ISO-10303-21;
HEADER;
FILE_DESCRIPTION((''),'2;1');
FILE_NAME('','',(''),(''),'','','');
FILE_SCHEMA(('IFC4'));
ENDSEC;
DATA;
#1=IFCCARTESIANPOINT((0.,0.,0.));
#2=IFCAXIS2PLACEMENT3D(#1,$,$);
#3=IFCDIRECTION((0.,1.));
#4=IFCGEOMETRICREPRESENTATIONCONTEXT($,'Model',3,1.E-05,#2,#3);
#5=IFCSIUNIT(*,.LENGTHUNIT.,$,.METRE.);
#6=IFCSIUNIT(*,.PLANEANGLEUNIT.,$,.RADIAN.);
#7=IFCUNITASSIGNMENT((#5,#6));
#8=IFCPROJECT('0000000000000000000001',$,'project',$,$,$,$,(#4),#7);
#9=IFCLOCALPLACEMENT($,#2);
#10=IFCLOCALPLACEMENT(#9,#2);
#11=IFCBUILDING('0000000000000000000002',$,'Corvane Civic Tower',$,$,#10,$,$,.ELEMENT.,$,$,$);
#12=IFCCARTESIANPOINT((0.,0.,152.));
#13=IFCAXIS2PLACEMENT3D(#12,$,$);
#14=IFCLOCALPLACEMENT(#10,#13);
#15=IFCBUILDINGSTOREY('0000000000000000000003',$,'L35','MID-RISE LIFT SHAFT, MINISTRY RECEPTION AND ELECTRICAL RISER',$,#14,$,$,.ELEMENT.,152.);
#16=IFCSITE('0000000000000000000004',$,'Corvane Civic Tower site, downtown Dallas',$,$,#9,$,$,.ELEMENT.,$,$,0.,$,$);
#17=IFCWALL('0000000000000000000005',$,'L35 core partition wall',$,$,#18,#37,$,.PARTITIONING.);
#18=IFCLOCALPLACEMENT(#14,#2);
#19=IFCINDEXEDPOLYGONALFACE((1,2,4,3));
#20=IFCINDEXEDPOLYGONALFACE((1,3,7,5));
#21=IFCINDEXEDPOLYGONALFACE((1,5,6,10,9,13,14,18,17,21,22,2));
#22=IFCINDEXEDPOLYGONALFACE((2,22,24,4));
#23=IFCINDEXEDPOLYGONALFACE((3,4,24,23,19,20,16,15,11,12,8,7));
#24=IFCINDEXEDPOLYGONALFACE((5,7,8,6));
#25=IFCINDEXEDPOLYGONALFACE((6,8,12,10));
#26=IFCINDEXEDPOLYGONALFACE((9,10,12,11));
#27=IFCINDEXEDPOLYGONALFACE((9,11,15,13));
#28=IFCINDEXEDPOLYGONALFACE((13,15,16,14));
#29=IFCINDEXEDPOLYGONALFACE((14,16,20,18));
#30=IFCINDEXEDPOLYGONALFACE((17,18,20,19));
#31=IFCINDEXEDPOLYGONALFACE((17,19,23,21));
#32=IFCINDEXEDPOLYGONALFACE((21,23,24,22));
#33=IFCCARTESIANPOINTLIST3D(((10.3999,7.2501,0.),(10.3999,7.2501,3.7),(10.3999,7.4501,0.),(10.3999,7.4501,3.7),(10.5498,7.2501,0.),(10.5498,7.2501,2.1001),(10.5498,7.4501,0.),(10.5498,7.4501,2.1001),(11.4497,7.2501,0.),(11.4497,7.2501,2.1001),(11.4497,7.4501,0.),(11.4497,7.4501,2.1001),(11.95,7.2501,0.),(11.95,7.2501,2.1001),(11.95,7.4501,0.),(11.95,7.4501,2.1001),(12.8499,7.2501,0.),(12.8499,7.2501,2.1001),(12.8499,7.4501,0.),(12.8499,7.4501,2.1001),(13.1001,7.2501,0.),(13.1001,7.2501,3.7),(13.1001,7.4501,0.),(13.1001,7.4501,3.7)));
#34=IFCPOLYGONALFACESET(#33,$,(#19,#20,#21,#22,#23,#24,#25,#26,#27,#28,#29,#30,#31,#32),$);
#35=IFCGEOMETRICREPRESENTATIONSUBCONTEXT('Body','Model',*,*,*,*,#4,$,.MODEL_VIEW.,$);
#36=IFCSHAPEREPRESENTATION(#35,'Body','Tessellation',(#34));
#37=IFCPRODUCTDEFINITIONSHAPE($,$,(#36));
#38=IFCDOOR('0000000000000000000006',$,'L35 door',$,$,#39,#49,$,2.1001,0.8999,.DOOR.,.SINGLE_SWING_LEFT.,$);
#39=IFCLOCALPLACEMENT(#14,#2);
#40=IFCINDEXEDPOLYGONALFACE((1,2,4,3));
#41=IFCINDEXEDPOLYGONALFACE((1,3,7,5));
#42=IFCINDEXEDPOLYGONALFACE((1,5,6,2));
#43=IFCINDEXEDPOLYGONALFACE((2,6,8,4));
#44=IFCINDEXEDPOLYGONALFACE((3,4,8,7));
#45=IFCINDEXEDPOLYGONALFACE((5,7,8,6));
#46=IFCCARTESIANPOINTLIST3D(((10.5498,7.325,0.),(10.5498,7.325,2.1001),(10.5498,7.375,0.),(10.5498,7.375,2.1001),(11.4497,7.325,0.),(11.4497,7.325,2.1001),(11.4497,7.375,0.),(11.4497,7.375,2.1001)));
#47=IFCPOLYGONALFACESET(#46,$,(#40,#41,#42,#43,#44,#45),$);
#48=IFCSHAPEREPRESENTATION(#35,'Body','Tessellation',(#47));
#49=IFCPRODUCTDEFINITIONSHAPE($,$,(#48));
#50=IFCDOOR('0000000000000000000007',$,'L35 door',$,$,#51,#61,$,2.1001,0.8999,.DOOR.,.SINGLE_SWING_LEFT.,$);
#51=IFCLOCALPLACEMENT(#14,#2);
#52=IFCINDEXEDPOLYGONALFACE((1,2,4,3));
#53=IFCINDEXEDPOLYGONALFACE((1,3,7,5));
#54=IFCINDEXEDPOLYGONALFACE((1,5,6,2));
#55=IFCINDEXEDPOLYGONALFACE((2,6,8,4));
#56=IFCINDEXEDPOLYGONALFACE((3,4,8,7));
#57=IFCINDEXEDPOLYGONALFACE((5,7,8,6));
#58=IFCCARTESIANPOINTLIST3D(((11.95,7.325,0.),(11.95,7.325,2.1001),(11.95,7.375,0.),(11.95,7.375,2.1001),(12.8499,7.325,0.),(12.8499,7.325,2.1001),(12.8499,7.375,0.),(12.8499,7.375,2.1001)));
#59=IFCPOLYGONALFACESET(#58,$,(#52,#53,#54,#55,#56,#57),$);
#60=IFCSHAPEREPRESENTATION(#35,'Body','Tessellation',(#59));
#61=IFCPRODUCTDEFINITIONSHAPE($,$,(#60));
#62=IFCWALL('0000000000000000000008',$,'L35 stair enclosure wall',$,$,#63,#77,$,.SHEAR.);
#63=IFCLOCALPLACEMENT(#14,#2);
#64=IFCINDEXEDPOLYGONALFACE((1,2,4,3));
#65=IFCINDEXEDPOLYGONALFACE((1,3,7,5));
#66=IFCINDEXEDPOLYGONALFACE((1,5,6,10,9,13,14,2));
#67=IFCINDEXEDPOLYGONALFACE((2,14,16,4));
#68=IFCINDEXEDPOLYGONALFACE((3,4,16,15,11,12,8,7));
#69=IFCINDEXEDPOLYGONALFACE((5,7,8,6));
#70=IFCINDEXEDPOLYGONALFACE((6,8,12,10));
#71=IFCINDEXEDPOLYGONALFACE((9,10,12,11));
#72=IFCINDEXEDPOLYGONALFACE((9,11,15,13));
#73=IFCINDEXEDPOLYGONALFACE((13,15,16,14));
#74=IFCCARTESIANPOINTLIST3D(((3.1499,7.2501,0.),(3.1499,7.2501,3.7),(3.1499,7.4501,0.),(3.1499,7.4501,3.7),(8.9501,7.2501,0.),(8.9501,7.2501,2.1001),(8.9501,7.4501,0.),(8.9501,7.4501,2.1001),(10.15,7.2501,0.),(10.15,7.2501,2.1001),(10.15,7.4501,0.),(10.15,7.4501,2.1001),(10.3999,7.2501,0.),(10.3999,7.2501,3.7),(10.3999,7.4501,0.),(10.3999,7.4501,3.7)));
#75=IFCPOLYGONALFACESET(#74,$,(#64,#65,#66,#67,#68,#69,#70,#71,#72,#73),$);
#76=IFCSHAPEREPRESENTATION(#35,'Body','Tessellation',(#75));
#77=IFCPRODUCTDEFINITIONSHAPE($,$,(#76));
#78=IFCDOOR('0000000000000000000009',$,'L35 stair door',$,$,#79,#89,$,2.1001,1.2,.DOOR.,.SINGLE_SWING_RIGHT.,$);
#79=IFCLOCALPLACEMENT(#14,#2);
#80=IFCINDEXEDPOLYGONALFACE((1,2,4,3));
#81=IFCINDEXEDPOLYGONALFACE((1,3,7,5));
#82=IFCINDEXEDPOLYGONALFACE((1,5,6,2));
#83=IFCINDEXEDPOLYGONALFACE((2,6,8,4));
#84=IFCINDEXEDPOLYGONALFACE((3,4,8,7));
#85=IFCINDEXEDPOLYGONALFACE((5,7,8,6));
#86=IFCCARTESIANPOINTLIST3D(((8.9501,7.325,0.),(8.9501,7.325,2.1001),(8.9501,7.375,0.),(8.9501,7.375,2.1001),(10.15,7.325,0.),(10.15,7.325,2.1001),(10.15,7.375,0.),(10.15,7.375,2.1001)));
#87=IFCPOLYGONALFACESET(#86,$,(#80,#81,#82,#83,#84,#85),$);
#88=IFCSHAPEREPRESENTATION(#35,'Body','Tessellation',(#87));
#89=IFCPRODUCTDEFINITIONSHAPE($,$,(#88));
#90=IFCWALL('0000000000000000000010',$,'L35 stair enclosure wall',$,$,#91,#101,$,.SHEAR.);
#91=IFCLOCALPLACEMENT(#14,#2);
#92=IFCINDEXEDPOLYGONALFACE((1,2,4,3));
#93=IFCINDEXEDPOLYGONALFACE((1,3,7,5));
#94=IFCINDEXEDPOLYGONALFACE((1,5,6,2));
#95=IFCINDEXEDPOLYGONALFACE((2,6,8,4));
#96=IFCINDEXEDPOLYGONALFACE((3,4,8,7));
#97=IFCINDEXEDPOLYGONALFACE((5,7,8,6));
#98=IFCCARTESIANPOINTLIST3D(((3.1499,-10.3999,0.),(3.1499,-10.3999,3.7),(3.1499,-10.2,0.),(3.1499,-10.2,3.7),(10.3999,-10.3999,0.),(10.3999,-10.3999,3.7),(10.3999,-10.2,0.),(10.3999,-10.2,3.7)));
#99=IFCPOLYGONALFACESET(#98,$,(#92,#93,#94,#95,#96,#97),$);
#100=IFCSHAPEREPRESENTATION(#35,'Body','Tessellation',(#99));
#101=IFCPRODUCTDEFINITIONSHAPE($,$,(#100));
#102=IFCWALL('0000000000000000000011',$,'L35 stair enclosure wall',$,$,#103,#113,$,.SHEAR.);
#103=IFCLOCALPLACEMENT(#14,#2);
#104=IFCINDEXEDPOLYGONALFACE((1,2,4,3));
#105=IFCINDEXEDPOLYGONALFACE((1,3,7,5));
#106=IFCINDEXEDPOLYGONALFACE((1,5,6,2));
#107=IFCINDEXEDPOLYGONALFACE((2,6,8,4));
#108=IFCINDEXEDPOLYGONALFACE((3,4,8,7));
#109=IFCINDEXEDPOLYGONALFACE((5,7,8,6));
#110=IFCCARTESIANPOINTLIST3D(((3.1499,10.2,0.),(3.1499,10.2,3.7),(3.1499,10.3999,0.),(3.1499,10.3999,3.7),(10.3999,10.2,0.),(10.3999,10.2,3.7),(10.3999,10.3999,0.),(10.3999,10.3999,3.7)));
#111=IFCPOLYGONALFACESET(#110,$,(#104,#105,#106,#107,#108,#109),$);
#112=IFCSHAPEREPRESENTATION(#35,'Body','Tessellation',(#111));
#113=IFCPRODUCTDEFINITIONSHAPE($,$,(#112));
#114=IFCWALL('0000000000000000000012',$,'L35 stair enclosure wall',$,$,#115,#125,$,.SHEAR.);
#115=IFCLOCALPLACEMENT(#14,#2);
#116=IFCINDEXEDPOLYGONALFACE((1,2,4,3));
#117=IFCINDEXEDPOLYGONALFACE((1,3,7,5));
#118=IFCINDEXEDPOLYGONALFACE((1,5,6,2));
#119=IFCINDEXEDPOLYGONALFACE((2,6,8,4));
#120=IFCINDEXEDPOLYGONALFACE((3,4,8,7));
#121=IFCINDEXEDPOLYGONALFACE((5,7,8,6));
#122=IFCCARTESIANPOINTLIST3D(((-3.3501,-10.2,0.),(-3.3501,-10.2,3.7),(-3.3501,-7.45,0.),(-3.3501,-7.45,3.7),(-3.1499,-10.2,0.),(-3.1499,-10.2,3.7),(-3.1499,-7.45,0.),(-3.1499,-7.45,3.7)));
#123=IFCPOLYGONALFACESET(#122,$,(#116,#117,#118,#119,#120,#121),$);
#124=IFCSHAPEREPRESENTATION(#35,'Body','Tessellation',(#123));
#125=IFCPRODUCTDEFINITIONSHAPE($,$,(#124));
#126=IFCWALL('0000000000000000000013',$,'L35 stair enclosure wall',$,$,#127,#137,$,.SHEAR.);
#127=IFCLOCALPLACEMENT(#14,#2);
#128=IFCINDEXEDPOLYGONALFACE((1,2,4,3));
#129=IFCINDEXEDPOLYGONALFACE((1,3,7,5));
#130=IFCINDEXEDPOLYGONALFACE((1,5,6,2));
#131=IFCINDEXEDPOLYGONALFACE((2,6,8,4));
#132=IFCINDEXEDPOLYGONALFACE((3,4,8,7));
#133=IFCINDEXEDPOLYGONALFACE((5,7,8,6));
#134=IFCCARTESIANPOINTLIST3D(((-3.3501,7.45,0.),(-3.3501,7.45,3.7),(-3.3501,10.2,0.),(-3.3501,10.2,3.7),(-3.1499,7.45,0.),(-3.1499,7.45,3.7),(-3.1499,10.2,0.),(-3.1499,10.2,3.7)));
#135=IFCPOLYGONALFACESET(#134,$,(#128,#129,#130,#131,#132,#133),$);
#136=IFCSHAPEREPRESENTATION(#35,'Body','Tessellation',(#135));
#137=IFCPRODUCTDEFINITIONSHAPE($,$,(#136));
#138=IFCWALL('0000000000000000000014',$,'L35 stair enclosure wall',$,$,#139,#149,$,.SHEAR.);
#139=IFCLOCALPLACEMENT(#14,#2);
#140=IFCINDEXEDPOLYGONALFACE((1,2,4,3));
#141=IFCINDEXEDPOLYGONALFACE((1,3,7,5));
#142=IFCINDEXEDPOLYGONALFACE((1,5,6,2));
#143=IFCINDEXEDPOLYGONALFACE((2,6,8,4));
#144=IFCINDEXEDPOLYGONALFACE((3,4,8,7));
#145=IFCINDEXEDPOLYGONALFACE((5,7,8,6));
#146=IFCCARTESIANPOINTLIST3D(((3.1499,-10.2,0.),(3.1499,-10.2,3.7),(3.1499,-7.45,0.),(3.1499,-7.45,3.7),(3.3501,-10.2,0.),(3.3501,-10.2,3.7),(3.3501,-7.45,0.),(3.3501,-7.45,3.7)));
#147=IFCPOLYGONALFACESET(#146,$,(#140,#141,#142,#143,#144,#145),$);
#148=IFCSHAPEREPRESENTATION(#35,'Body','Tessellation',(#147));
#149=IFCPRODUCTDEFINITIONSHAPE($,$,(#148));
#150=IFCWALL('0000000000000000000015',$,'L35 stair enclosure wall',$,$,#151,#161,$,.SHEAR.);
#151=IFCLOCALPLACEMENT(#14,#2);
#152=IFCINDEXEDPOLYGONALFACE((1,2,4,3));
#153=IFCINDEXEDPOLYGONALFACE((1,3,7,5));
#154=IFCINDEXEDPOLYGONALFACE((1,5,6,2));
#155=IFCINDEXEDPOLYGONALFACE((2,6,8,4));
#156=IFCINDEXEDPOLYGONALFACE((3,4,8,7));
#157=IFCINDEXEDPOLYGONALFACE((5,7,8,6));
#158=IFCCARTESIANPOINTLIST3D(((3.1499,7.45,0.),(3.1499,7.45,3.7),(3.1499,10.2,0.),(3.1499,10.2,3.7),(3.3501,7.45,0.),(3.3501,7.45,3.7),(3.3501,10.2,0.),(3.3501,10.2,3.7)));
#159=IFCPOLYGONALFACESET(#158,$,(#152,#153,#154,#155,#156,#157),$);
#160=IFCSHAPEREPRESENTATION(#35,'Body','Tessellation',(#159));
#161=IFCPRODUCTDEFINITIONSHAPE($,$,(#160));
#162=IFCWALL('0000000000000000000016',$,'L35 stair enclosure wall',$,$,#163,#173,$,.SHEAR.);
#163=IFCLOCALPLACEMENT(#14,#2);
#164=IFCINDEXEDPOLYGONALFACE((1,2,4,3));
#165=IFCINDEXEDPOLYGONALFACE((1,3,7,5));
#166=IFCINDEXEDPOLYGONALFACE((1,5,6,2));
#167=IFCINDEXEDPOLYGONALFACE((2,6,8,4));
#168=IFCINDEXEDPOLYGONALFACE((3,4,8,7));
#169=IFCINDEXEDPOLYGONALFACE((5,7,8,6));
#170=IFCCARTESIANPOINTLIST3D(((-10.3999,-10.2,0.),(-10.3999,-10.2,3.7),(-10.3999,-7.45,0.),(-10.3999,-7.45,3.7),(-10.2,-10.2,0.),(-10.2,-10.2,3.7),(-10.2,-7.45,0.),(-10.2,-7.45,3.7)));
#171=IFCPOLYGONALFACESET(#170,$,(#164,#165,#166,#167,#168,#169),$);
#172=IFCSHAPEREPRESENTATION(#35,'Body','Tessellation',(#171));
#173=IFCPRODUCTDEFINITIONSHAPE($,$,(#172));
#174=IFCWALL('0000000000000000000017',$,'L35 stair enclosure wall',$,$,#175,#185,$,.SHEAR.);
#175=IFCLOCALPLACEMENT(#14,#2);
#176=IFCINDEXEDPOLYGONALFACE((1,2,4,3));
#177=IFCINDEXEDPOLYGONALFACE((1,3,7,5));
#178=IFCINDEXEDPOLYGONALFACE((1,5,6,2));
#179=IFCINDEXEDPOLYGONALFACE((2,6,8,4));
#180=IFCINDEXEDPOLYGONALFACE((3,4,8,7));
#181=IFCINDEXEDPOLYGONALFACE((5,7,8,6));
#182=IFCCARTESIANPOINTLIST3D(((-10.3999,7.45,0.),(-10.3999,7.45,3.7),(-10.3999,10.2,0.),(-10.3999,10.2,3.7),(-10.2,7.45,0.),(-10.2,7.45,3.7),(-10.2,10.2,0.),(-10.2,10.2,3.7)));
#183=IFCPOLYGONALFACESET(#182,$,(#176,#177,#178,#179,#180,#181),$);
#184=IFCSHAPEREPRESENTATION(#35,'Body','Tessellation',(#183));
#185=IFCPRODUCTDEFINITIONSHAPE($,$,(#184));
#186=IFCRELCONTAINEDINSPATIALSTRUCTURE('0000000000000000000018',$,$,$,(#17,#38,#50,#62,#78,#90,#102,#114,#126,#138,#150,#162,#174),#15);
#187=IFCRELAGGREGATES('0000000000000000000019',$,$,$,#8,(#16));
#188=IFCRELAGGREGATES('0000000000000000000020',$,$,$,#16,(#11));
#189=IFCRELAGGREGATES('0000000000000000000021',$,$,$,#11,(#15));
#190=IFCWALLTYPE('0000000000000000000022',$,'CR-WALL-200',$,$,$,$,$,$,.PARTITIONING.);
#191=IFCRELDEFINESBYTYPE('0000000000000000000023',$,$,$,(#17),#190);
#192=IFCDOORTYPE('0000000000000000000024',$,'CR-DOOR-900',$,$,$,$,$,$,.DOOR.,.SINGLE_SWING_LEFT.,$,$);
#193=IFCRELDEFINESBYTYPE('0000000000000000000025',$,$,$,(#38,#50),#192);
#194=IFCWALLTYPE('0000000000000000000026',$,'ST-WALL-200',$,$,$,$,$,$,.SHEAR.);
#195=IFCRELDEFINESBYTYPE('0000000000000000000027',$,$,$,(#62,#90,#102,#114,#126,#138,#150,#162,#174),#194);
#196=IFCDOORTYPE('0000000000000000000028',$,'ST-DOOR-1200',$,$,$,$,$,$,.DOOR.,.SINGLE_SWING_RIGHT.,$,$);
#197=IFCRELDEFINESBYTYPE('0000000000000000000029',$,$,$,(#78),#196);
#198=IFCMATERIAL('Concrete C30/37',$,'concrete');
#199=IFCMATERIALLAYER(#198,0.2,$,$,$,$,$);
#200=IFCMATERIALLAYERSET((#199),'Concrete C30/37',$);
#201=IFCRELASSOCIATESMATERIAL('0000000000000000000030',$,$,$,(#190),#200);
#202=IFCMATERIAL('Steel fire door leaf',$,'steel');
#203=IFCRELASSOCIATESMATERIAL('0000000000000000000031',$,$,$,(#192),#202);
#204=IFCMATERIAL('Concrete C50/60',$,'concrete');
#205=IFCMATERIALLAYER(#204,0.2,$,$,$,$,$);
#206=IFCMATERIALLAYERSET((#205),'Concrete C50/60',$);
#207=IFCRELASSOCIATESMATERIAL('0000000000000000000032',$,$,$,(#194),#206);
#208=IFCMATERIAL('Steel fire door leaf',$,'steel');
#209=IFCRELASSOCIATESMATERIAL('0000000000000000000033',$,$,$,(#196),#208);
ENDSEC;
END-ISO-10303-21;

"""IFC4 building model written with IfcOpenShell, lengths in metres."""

from ifc_helpers import new_model, si_unit, direction, frame, frame_2d, origin, place, context, subcontext, project, spatial, polyline, rectangle, outline, extrude, material, layer, layer_set, type_object, element, fill, save


model = new_model("IFC4")

# Units and contexts
model_context = context("Model", 3, precision=1e-05, world=origin(), true_north=direction((0.0, 1.0)))
body_context = subcontext(model_context, "Body", "Model", "MODEL_VIEW")
ifc_project = project(units=[si_unit("LENGTHUNIT", "METRE"), si_unit("PLANEANGLEUNIT", "RADIAN")], contexts=[model_context])

# Site, building, storey
site_placement = place(None, origin())
site = spatial("IfcSite", under=ifc_project, at=site_placement, Name="Corvane Civic Tower site, downtown Dallas", CompositionType="ELEMENT", RefElevation=0.0)
building_placement = place(site_placement, origin())
building = spatial("IfcBuilding", under=site, at=building_placement, Name="Corvane Civic Tower", CompositionType="ELEMENT")
storey_placement = place(building_placement, frame((0.0, 0.0, 152.0)))
storey = spatial("IfcBuildingStorey", under=building, at=storey_placement, Name="L35", Description="MID-RISE LIFT SHAFT, MINISTRY RECEPTION AND ELECTRICAL RISER", CompositionType="ELEMENT", Elevation=152.0)

# Wall, openings, doors
ifc_material_1 = material(Name="Concrete C30/37", Category="concrete")
ifc_layer_1 = layer(ifc_material_1, 0.2)
ifc_layer_set_1 = layer_set([ifc_layer_1], Name="Concrete C30/37")
wall_type_1 = type_object("IfcWallType", Name="CR-WALL-200", PredefinedType="PARTITIONING", material=ifc_layer_set_1)
wall_1_placement = place(storey_placement, frame((10.3999, 7.3501, 0.0), z_axis=(0.0, 0.0, 1.0), x_axis=(1.0, 0.0, 0.0)))
wall_1 = element("IfcWall", 1, at=wall_1_placement, inside=storey, type_object=wall_type_1, Name="L35 core partition wall", PredefinedType="PARTITIONING", context=body_context, shape_type="SweptSolid", body=[
    extrude(rectangle(XDim=2.7002, YDim=0.2, at=frame_2d((1.3501, 0.0))), origin(), (0.0, 0.0, 1.0), 3.7),
])
opening_1_placement = place(wall_1_placement, frame((0.1499, 0.0, 0.0)))
opening_1 = element("IfcOpeningElement", 2, at=opening_1_placement, cuts=wall_1, PredefinedType="OPENING", context=body_context, shape_type="SweptSolid", body=[
    extrude(rectangle(XDim=0.8999, YDim=2.1001, at=frame_2d((0.45, 1.05))), frame((0.0, 0.1099, 0.0), z_axis=(0.0, -1.0, 0.0), x_axis=(1.0, 0.0, 0.0)), (0.0, 0.0, 1.0), 0.22),
])
opening_2_placement = place(wall_1_placement, frame((1.55, 0.0, 0.0)))
opening_2 = element("IfcOpeningElement", 3, at=opening_2_placement, cuts=wall_1, PredefinedType="OPENING", context=body_context, shape_type="SweptSolid", body=[
    extrude(rectangle(XDim=0.8999, YDim=2.1001, at=frame_2d((0.45, 1.05))), frame((0.0, 0.1099, 0.0), z_axis=(0.0, -1.0, 0.0), x_axis=(1.0, 0.0, 0.0)), (0.0, 0.0, 1.0), 0.22),
])
ifc_material_2 = material(Name="Steel fire door leaf", Category="steel")
door_type_1 = type_object("IfcDoorType", Name="CR-DOOR-900", OperationType="SINGLE_SWING_LEFT", PredefinedType="DOOR", material=ifc_material_2)
door_1_placement = place(opening_1_placement, origin())
door_1 = element("IfcDoor", 4, at=door_1_placement, inside=storey, type_object=door_type_1, Name="L35 door", OperationType="SINGLE_SWING_LEFT", OverallHeight=2.1001, OverallWidth=0.8999, PredefinedType="DOOR", context=body_context, shape_type="SweptSolid", body=[
    extrude(rectangle(XDim=0.8999, YDim=2.1001, at=frame_2d((0.45, 1.05))), frame((0.0, 0.0249, 0.0), z_axis=(0.0, -1.0, 0.0), x_axis=(1.0, 0.0, 0.0)), (0.0, 0.0, 1.0), 0.05),
])
fill(opening_1, door_1)
door_2_placement = place(opening_2_placement, origin())
door_2 = element("IfcDoor", 5, at=door_2_placement, inside=storey, type_object=door_type_1, Name="L35 door", OperationType="SINGLE_SWING_LEFT", OverallHeight=2.1001, OverallWidth=0.8999, PredefinedType="DOOR", context=body_context, shape_type="SweptSolid", body=[
    extrude(rectangle(XDim=0.8999, YDim=2.1001, at=frame_2d((0.45, 1.05))), frame((0.0, 0.0249, 0.0), z_axis=(0.0, -1.0, 0.0), x_axis=(1.0, 0.0, 0.0)), (0.0, 0.0, 1.0), 0.05),
])
fill(opening_2, door_2)

# Wall, opening, door
ifc_material_3 = material(Name="Concrete C50/60", Category="concrete")
ifc_layer_2 = layer(ifc_material_3, 0.2)
ifc_layer_set_2 = layer_set([ifc_layer_2], Name="Concrete C50/60")
wall_type_2 = type_object("IfcWallType", Name="ST-WALL-200", PredefinedType="SHEAR", material=ifc_layer_set_2)
wall_2_placement = place(storey_placement, frame((3.1499, 7.3501, 0.0), z_axis=(0.0, 0.0, 1.0), x_axis=(1.0, 0.0, 0.0)))
wall_2 = element("IfcWall", 6, at=wall_2_placement, inside=storey, type_object=wall_type_2, Name="L35 stair enclosure wall", PredefinedType="SHEAR", context=body_context, shape_type="SweptSolid", body=[
    extrude(rectangle(XDim=7.25, YDim=0.2, at=frame_2d((3.625, 0.0))), origin(), (0.0, 0.0, 1.0), 3.7),
])
opening_3_placement = place(wall_2_placement, frame((5.8, 0.0, 0.0)))
opening_3 = element("IfcOpeningElement", 7, at=opening_3_placement, cuts=wall_2, PredefinedType="OPENING", context=body_context, shape_type="SweptSolid", body=[
    extrude(rectangle(XDim=1.2, YDim=2.1001, at=frame_2d((0.6001, 1.05))), frame((0.0, 0.1099, 0.0), z_axis=(0.0, -1.0, 0.0), x_axis=(1.0, 0.0, 0.0)), (0.0, 0.0, 1.0), 0.22),
])
ifc_material_4 = material(Name="Steel fire door leaf", Category="steel")
door_type_2 = type_object("IfcDoorType", Name="ST-DOOR-1200", OperationType="SINGLE_SWING_RIGHT", PredefinedType="DOOR", material=ifc_material_4)
door_3_placement = place(opening_3_placement, origin())
door_3 = element("IfcDoor", 8, at=door_3_placement, inside=storey, type_object=door_type_2, Name="L35 stair door", OperationType="SINGLE_SWING_RIGHT", OverallHeight=2.1001, OverallWidth=1.2, PredefinedType="DOOR", context=body_context, shape_type="SweptSolid", body=[
    extrude(rectangle(XDim=1.2, YDim=2.1001, at=frame_2d((0.6001, 1.05))), frame((0.0, 0.0249, 0.0), z_axis=(0.0, -1.0, 0.0), x_axis=(1.0, 0.0, 0.0)), (0.0, 0.0, 1.0), 0.05),
])
fill(opening_3, door_3)

# Walls
wall_3_placement = place(storey_placement, origin())
element("IfcWall", 9, at=wall_3_placement, inside=storey, type_object=wall_type_2, Name="L35 stair enclosure wall", PredefinedType="SHEAR", context=body_context, shape_type="SweptSolid", body=[
    extrude(outline(polyline([(10.3999, -10.3999), (3.1499, -10.3999), (3.1499, -10.2), (10.3999, -10.2), (10.3999, -10.3999)])), origin(), (0.0, 0.0, 1.0), 3.7),
])
wall_4_placement = place(storey_placement, origin())
element("IfcWall", 10, at=wall_4_placement, inside=storey, type_object=wall_type_2, Name="L35 stair enclosure wall", PredefinedType="SHEAR", context=body_context, shape_type="SweptSolid", body=[
    extrude(outline(polyline([(10.3999, 10.2), (3.1499, 10.2), (3.1499, 10.3999), (10.3999, 10.3999), (10.3999, 10.2)])), origin(), (0.0, 0.0, 1.0), 3.7),
])
wall_5_placement = place(storey_placement, origin())
element("IfcWall", 11, at=wall_5_placement, inside=storey, type_object=wall_type_2, Name="L35 stair enclosure wall", PredefinedType="SHEAR", context=body_context, shape_type="SweptSolid", body=[
    extrude(outline(polyline([(-3.1499, -7.45), (-3.1499, -10.2), (-3.3501, -10.2), (-3.3501, -7.45), (-3.1499, -7.45)])), origin(), (0.0, 0.0, 1.0), 3.7),
])
wall_6_placement = place(storey_placement, origin())
element("IfcWall", 12, at=wall_6_placement, inside=storey, type_object=wall_type_2, Name="L35 stair enclosure wall", PredefinedType="SHEAR", context=body_context, shape_type="SweptSolid", body=[
    extrude(outline(polyline([(-3.1499, 7.45), (-3.3501, 7.45), (-3.3501, 10.2), (-3.1499, 10.2), (-3.1499, 7.45)])), origin(), (0.0, 0.0, 1.0), 3.7),
])
wall_7_placement = place(storey_placement, origin())
element("IfcWall", 13, at=wall_7_placement, inside=storey, type_object=wall_type_2, Name="L35 stair enclosure wall", PredefinedType="SHEAR", context=body_context, shape_type="SweptSolid", body=[
    extrude(outline(polyline([(3.3501, -7.45), (3.3501, -10.2), (3.1499, -10.2), (3.1499, -7.45), (3.3501, -7.45)])), origin(), (0.0, 0.0, 1.0), 3.7),
])
wall_8_placement = place(storey_placement, origin())
element("IfcWall", 14, at=wall_8_placement, inside=storey, type_object=wall_type_2, Name="L35 stair enclosure wall", PredefinedType="SHEAR", context=body_context, shape_type="SweptSolid", body=[
    extrude(outline(polyline([(3.3501, 7.45), (3.1499, 7.45), (3.1499, 10.2), (3.3501, 10.2), (3.3501, 7.45)])), origin(), (0.0, 0.0, 1.0), 3.7),
])
wall_9_placement = place(storey_placement, origin())
element("IfcWall", 15, at=wall_9_placement, inside=storey, type_object=wall_type_2, Name="L35 stair enclosure wall", PredefinedType="SHEAR", context=body_context, shape_type="SweptSolid", body=[
    extrude(outline(polyline([(-10.2, -7.45), (-10.2, -10.2), (-10.3999, -10.2), (-10.3999, -7.45), (-10.2, -7.45)])), origin(), (0.0, 0.0, 1.0), 3.7),
])
wall_10_placement = place(storey_placement, origin())
element("IfcWall", 16, at=wall_10_placement, inside=storey, type_object=wall_type_2, Name="L35 stair enclosure wall", PredefinedType="SHEAR", context=body_context, shape_type="SweptSolid", body=[
    extrude(outline(polyline([(-10.2, 7.45), (-10.3999, 7.45), (-10.3999, 10.2), (-10.2, 10.2), (-10.2, 7.45)])), origin(), (0.0, 0.0, 1.0), 3.7),
])

save(model, "model.ifc")
